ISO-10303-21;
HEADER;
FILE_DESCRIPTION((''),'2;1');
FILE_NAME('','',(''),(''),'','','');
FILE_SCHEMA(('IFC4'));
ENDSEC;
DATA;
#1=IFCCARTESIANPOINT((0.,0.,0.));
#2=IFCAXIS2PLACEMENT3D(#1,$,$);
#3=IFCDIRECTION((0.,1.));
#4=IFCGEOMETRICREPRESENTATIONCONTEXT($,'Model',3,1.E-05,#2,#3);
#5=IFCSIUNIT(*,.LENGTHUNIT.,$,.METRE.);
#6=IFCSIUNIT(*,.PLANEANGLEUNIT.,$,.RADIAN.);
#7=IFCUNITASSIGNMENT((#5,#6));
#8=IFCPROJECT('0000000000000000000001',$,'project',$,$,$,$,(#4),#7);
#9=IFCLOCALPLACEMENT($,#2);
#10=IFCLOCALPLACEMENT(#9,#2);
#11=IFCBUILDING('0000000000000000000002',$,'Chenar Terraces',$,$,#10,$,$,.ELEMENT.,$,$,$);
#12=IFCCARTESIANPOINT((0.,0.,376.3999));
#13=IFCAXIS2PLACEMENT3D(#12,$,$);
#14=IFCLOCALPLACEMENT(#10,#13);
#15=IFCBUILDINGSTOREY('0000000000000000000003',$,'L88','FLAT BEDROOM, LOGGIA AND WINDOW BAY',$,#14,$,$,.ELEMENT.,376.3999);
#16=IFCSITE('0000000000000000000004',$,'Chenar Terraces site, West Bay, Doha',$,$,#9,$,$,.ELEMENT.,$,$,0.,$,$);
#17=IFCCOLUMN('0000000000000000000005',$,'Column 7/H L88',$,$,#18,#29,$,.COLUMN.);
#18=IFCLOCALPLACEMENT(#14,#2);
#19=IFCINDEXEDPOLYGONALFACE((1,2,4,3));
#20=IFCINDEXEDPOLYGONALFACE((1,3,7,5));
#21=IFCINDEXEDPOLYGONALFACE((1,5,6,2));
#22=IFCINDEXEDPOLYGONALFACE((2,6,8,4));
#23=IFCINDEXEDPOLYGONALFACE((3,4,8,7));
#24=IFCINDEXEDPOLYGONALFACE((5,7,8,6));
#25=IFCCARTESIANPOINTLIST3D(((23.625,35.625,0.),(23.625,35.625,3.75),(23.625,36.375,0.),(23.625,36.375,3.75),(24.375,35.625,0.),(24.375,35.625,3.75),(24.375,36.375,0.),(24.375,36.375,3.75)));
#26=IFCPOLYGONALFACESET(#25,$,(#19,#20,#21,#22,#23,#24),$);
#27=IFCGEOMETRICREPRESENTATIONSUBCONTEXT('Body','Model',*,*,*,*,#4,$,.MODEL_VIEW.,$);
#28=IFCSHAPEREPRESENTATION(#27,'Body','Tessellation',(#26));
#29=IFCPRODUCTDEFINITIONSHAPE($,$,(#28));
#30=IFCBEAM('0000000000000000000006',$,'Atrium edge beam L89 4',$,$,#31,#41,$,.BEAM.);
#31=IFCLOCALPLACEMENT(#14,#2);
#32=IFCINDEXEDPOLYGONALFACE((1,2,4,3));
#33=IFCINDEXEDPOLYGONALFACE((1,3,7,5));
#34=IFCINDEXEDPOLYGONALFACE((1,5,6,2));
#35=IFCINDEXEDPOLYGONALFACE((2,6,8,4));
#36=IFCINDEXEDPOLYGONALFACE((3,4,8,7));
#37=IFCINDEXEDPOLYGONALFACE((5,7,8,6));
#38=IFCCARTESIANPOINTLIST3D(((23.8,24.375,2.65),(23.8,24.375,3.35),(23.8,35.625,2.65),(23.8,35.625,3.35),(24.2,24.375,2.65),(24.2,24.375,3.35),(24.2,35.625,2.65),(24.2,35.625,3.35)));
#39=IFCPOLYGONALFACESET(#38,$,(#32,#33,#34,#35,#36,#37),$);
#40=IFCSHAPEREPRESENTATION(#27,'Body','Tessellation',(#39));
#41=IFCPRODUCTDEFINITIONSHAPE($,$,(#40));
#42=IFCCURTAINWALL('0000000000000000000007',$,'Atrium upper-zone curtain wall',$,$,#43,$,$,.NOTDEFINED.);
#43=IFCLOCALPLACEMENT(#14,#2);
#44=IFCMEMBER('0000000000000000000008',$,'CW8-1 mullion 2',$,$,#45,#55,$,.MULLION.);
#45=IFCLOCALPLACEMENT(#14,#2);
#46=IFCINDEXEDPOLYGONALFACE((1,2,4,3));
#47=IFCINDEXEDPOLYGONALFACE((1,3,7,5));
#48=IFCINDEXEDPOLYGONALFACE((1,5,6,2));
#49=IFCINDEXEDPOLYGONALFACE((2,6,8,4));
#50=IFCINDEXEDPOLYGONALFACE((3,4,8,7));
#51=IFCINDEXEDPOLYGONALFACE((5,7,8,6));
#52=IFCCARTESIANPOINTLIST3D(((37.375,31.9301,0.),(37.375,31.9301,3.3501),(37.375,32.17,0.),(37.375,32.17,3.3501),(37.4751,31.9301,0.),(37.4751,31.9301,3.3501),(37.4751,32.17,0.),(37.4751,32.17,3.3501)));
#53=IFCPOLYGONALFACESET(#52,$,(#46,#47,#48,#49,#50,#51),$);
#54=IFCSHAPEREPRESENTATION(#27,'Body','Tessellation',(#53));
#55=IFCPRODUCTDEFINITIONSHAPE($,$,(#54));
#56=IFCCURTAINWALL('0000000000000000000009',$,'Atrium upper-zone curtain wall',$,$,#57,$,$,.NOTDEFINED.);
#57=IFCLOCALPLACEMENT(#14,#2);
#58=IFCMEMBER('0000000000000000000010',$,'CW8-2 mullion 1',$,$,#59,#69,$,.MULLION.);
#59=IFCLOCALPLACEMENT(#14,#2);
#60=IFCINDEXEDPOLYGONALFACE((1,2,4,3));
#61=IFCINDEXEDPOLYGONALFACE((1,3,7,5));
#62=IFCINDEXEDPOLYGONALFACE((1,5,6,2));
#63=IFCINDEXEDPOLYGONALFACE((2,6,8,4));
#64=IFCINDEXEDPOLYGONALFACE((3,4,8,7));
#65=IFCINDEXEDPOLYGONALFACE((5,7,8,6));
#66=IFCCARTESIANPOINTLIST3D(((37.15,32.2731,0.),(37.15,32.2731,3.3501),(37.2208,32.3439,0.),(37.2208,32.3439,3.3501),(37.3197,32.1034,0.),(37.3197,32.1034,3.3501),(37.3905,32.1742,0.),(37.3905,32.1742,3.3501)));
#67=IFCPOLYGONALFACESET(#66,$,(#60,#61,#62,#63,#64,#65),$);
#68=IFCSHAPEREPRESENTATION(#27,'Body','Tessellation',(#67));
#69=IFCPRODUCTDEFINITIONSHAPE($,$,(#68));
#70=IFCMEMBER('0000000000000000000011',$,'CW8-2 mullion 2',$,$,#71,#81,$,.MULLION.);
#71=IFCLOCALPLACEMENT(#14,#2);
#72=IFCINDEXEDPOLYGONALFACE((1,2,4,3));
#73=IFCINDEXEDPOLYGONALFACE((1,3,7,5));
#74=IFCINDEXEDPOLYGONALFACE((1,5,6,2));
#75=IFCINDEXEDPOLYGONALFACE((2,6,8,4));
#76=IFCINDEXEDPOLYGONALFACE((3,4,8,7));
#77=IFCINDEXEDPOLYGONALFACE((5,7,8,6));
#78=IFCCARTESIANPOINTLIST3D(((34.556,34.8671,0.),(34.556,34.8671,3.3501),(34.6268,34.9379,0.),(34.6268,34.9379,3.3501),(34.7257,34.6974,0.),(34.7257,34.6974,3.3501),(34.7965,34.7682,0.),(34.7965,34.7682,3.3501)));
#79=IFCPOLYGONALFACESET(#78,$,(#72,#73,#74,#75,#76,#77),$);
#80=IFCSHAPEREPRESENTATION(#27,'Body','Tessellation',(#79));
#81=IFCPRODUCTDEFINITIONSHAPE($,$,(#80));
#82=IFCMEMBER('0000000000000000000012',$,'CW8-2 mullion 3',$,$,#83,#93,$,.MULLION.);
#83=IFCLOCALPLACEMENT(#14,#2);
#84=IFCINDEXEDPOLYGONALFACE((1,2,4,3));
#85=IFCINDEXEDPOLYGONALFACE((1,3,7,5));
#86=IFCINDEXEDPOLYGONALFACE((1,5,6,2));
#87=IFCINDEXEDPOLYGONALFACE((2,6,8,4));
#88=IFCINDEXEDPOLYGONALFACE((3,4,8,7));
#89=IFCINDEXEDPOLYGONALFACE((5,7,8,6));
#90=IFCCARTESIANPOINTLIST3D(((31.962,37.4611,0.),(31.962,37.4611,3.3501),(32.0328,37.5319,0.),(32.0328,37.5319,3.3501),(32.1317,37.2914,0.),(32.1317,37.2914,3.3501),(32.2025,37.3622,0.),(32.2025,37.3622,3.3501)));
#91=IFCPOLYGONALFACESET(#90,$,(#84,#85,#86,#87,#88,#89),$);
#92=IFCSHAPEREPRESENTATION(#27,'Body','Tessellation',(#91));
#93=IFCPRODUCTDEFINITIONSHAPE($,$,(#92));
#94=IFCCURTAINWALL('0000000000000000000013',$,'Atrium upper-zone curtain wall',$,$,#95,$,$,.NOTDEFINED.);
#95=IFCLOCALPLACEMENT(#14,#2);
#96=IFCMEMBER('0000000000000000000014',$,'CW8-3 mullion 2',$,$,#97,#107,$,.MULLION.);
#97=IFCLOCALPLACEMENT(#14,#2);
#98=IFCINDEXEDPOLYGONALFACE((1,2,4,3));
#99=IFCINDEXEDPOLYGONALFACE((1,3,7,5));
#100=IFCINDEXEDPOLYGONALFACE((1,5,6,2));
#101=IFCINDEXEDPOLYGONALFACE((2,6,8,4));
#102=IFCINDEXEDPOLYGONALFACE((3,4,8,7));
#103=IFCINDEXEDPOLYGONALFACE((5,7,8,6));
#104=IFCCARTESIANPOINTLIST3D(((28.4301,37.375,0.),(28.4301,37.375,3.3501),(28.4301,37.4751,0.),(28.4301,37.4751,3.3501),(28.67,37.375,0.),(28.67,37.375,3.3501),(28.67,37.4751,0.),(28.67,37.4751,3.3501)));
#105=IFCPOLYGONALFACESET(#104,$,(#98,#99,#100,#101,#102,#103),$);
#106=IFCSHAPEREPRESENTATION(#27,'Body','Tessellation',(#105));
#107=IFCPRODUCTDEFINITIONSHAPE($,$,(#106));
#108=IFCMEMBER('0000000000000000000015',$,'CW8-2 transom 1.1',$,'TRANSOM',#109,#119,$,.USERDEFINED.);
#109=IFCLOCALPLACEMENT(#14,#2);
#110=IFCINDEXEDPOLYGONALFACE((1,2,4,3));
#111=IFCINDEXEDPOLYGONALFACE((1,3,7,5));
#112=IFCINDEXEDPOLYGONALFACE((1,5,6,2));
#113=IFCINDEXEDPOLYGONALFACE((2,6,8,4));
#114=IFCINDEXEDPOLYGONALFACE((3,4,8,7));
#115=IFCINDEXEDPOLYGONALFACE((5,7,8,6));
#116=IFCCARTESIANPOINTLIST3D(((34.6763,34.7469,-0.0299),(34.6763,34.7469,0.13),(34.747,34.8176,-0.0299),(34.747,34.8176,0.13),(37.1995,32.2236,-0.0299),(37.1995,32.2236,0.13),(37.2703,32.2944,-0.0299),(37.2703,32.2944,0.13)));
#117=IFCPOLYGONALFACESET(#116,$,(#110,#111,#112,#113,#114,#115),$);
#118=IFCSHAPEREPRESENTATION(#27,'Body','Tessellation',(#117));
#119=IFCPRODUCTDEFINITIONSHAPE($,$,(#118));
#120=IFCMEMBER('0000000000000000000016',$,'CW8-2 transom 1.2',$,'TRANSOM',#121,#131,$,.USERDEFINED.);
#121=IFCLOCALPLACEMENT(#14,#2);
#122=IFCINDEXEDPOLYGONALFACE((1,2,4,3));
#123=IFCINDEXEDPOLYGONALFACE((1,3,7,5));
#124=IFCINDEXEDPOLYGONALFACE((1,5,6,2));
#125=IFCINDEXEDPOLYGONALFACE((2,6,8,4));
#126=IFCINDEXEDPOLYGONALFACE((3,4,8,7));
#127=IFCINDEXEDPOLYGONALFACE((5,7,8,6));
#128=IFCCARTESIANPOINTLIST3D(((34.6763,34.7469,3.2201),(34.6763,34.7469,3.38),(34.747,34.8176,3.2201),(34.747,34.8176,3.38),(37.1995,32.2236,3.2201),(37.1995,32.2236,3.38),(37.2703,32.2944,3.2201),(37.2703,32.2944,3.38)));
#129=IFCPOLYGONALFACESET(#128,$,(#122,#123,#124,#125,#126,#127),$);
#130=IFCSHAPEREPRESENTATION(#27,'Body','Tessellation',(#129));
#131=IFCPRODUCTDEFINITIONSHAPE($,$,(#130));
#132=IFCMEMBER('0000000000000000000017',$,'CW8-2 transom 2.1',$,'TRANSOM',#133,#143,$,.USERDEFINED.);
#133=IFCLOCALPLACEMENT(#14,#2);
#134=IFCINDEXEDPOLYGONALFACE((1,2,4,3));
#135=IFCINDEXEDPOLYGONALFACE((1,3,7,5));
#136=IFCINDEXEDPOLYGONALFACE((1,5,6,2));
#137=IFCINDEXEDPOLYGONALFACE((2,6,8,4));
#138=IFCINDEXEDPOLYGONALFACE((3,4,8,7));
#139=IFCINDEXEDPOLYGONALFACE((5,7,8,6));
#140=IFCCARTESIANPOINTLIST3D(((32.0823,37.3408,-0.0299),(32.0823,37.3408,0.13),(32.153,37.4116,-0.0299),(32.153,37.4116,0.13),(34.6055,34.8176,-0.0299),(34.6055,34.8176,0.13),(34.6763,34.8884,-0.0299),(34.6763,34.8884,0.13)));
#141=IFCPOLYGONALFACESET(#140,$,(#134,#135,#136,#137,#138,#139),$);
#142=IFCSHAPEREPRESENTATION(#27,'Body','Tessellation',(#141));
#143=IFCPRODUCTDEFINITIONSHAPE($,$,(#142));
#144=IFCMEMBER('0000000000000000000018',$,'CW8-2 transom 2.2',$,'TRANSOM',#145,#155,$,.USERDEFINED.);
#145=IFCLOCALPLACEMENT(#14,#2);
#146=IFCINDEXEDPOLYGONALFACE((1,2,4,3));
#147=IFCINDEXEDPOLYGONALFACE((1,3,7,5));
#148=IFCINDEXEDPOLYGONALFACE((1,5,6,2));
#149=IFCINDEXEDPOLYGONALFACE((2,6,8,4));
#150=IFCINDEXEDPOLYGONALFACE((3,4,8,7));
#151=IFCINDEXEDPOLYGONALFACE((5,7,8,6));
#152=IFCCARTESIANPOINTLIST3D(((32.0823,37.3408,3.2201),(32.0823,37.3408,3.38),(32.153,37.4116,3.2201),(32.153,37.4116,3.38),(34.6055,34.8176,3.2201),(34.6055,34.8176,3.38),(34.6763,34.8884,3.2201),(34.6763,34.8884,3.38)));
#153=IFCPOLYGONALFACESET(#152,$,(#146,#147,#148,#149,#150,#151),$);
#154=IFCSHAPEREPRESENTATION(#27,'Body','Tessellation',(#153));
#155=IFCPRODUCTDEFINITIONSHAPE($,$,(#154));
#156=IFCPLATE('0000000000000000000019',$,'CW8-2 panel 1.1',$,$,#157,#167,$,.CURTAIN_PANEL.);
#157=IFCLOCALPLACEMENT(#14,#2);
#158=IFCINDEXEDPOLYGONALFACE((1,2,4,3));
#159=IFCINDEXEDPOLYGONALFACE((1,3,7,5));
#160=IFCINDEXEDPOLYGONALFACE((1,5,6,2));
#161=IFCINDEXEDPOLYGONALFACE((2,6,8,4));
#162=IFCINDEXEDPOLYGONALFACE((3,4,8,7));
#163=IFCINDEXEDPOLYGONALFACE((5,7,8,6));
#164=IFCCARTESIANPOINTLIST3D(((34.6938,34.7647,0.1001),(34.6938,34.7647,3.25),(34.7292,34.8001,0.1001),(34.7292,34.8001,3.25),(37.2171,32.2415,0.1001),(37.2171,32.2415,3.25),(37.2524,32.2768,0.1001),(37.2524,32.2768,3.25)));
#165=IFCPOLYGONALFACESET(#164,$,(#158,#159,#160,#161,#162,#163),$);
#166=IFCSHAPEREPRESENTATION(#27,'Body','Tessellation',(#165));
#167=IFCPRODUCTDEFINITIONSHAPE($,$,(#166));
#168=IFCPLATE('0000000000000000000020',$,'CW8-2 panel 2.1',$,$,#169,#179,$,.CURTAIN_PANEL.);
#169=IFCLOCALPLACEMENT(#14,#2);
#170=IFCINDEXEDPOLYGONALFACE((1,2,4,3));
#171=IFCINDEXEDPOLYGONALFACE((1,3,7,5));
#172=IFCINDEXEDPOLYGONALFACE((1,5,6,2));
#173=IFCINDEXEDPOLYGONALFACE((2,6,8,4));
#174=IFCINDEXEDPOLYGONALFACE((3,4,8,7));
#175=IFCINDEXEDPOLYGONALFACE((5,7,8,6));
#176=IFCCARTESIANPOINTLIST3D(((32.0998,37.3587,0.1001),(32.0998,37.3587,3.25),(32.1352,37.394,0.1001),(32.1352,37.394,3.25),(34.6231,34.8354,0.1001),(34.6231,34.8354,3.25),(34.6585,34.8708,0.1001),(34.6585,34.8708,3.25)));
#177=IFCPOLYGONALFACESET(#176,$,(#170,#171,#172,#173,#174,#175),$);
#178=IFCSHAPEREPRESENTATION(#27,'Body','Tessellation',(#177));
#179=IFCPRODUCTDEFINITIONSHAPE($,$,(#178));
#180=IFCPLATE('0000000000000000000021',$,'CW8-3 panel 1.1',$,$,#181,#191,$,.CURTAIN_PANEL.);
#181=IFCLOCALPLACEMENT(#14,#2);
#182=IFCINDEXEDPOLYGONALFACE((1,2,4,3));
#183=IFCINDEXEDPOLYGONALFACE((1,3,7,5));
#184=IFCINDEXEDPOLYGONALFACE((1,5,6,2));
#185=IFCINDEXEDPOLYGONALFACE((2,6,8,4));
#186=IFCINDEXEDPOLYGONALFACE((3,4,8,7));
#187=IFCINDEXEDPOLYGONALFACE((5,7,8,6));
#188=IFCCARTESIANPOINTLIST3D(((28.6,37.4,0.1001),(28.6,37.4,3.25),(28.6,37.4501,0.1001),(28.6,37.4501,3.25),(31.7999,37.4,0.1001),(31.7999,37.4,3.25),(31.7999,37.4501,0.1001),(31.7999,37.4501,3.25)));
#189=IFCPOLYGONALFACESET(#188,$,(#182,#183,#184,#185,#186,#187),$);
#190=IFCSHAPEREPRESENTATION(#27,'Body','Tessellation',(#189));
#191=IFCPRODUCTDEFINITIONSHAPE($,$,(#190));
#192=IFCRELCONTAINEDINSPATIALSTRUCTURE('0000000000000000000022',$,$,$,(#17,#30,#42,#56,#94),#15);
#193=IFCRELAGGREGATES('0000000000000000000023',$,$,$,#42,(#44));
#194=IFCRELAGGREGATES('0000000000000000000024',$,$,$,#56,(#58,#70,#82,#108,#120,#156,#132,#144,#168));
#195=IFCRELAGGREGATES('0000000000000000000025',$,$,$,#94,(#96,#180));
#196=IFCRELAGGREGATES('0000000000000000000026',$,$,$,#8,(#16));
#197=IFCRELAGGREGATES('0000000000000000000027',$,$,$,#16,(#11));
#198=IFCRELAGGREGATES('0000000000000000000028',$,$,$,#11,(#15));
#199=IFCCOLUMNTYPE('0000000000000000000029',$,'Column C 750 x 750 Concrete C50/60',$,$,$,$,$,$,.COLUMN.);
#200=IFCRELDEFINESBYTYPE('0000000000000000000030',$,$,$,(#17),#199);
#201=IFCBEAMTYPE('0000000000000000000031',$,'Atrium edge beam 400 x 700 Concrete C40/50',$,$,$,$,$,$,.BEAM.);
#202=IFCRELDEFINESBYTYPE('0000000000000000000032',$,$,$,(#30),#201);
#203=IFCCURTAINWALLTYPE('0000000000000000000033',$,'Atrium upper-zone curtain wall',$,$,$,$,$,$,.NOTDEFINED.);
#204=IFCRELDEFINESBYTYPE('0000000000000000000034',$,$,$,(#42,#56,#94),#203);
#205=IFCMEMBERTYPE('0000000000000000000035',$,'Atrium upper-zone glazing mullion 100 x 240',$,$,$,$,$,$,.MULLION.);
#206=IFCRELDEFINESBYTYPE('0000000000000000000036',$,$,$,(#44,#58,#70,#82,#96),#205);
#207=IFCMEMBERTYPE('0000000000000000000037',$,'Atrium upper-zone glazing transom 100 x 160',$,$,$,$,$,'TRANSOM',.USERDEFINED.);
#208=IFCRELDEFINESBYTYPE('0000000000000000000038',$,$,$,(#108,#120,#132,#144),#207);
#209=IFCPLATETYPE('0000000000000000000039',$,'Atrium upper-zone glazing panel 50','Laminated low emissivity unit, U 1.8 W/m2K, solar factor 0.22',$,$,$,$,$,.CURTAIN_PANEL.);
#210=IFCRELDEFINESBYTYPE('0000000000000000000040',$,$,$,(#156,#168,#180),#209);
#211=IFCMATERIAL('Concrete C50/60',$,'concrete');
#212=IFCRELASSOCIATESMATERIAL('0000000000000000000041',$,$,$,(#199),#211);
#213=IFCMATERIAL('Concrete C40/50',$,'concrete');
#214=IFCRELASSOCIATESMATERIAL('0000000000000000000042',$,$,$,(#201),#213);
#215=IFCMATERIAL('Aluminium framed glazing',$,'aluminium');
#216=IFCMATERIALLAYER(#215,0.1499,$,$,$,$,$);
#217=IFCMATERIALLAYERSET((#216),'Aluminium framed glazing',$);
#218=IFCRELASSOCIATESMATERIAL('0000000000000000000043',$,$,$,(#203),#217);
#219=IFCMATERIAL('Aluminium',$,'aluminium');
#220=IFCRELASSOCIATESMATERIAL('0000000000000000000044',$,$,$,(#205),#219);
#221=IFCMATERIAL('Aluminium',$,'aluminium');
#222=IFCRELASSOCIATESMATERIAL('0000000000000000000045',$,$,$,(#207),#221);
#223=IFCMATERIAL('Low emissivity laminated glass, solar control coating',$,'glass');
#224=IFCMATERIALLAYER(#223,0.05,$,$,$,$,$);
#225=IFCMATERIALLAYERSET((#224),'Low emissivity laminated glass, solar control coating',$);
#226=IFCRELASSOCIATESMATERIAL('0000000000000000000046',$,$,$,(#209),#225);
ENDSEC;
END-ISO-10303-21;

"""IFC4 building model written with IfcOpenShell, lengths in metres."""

from ifc_helpers import new_model, si_unit, direction, frame, origin, origin_2d, place, context, subcontext, project, spatial, rectangle, extrude, material, layer, layer_set, material_profile, profile_set, type_object, element, aggregate, save


model = new_model("IFC4")

# Units and contexts
model_context = context("Model", 3, precision=1e-05, world=origin(), true_north=direction((0.0, 1.0)))
body_context = subcontext(model_context, "Body", "Model", "MODEL_VIEW")
ifc_project = project(units=[si_unit("LENGTHUNIT", "METRE"), si_unit("PLANEANGLEUNIT", "RADIAN")], contexts=[model_context])

# Site, building, storey
site_placement = place(None, origin())
site = spatial("IfcSite", under=ifc_project, at=site_placement, Name="Chenar Terraces site, West Bay, Doha", CompositionType="ELEMENT", RefElevation=0.0)
building_placement = place(site_placement, origin())
building = spatial("IfcBuilding", under=site, at=building_placement, Name="Chenar Terraces", CompositionType="ELEMENT")
storey_placement = place(building_placement, frame((0.0, 0.0, 376.3999)))
storey = spatial("IfcBuildingStorey", under=building, at=storey_placement, Name="L88", Description="FLAT BEDROOM, LOGGIA AND WINDOW BAY", CompositionType="ELEMENT", Elevation=376.3999)

# Column
ifc_material_1 = material(Name="Concrete C50/60", Category="concrete")
ifc_material_profile_1 = material_profile(ifc_material_1, rectangle(XDim=0.75, YDim=0.75, at=origin_2d()), Name="C 750 x 750")
ifc_profile_set_1 = profile_set([ifc_material_profile_1], Name="Concrete C50/60")
column_type = type_object("IfcColumnType", Name="Column C 750 x 750 Concrete C50/60", PredefinedType="COLUMN", material=ifc_profile_set_1)
column_placement = place(storey_placement, frame((24.0, 36.0, 0.0), z_axis=(0.0, 0.0, 1.0), x_axis=(1.0, 0.0, 0.0)))
element("IfcColumn", 1, at=column_placement, inside=storey, type_object=column_type, Name="Column 7/H L88", PredefinedType="COLUMN", context=body_context, shape_type="SweptSolid", body=[
    extrude(rectangle(XDim=0.75, YDim=0.75, at=origin_2d()), origin(), (0.0, 0.0, 1.0), 3.75),
])

# Beam
ifc_material_2 = material(Name="Concrete C40/50", Category="concrete")
ifc_material_profile_2 = material_profile(ifc_material_2, rectangle(XDim=0.3999, YDim=0.7, at=origin_2d()), Name="RC 400 x 700")
ifc_profile_set_2 = profile_set([ifc_material_profile_2], Name="Concrete C40/50")
beam_type = type_object("IfcBeamType", Name="Atrium edge beam 400 x 700 Concrete C40/50", PredefinedType="BEAM", material=ifc_profile_set_2)
beam_placement = place(storey_placement, frame((24.0, 35.625, 3.0), z_axis=(0.0, -1.0, 0.0), x_axis=(1.0, 0.0, 0.0)))
element("IfcBeam", 2, at=beam_placement, inside=storey, type_object=beam_type, Name="Atrium edge beam L89 4", PredefinedType="BEAM", context=body_context, shape_type="SweptSolid", body=[
    extrude(rectangle(XDim=0.3999, YDim=0.7, at=origin_2d()), origin(), (0.0, 0.0, 1.0), 11.25),
])

# Curtain wall, member
ifc_material_3 = material(Name="Aluminium framed glazing", Category="aluminium")
ifc_layer_1 = layer(ifc_material_3, 0.1499)
ifc_layer_set_1 = layer_set([ifc_layer_1], Name="Aluminium framed glazing")
curtain_wall_type = type_object("IfcCurtainWallType", Name="Atrium upper-zone curtain wall", PredefinedType="NOTDEFINED", material=ifc_layer_set_1)
placement = place(storey_placement, origin())
curtain_wall_1 = element("IfcCurtainWall", 3, at=placement, inside=storey, type_object=curtain_wall_type, Name="Atrium upper-zone curtain wall", PredefinedType="NOTDEFINED")
ifc_material_4 = material(Name="Aluminium", Category="aluminium")
ifc_material_profile_3 = material_profile(ifc_material_4, rectangle(XDim=0.1001, YDim=0.24, at=origin_2d()), Name="Atrium upper-zone glazing mullion 100 x 240")
ifc_profile_set_3 = profile_set([ifc_material_profile_3], Name="Aluminium")
member_type_1 = type_object("IfcMemberType", Name="Atrium upper-zone glazing mullion 100 x 240", PredefinedType="MULLION", material=ifc_profile_set_3)
member_1_placement = place(storey_placement, frame((37.425, 32.05, 0.0), z_axis=(0.0, 0.0, 1.0), x_axis=(-1.0, 0.0, 0.0)))
member_1 = element("IfcMember", 4, at=member_1_placement, type_object=member_type_1, Name="CW8-1 mullion 2", PredefinedType="MULLION", context=body_context, shape_type="SweptSolid", body=[
    extrude(rectangle(XDim=0.1001, YDim=0.24, at=origin_2d()), origin(), (0.0, 0.0, 1.0), 3.3501),
])
aggregate(curtain_wall_1, [member_1])

# Curtain wall, members
curtain_wall_2 = element("IfcCurtainWall", 5, at=placement, inside=storey, type_object=curtain_wall_type, Name="Atrium upper-zone curtain wall", PredefinedType="NOTDEFINED")
member_2_placement = place(storey_placement, frame((37.2703, 32.2236, 0.0), z_axis=(0.0, 0.0, 1.0), x_axis=(-0.707107, -0.707107, 0.0)))
member_2 = element("IfcMember", 6, at=member_2_placement, type_object=member_type_1, Name="CW8-2 mullion 1", PredefinedType="MULLION", context=body_context, shape_type="SweptSolid", body=[
    extrude(rectangle(XDim=0.1001, YDim=0.24, at=origin_2d()), origin(), (0.0, 0.0, 1.0), 3.3501),
])
member_3_placement = place(storey_placement, frame((34.6763, 34.8176, 0.0), z_axis=(0.0, 0.0, 1.0), x_axis=(-0.707107, -0.707107, 0.0)))
member_3 = element("IfcMember", 7, at=member_3_placement, type_object=member_type_1, Name="CW8-2 mullion 2", PredefinedType="MULLION", context=body_context, shape_type="SweptSolid", body=[
    extrude(rectangle(XDim=0.1001, YDim=0.24, at=origin_2d()), origin(), (0.0, 0.0, 1.0), 3.3501),
])
member_4_placement = place(storey_placement, frame((32.0823, 37.4116, 0.0), z_axis=(0.0, 0.0, 1.0), x_axis=(-0.707107, -0.707107, 0.0)))
member_4 = element("IfcMember", 8, at=member_4_placement, type_object=member_type_1, Name="CW8-2 mullion 3", PredefinedType="MULLION", context=body_context, shape_type="SweptSolid", body=[
    extrude(rectangle(XDim=0.1001, YDim=0.24, at=origin_2d()), origin(), (0.0, 0.0, 1.0), 3.3501),
])

# Curtain wall, member
curtain_wall_3 = element("IfcCurtainWall", 9, at=placement, inside=storey, type_object=curtain_wall_type, Name="Atrium upper-zone curtain wall", PredefinedType="NOTDEFINED")
member_5_placement = place(storey_placement, frame((28.55, 37.425, 0.0), z_axis=(0.0, 0.0, 1.0), x_axis=(0.0, -1.0, 0.0)))
member_5 = element("IfcMember", 10, at=member_5_placement, type_object=member_type_1, Name="CW8-3 mullion 2", PredefinedType="MULLION", context=body_context, shape_type="SweptSolid", body=[
    extrude(rectangle(XDim=0.1001, YDim=0.24, at=origin_2d()), origin(), (0.0, 0.0, 1.0), 3.3501),
])

# Members
ifc_material_5 = material(Name="Aluminium", Category="aluminium")
ifc_material_profile_4 = material_profile(ifc_material_5, rectangle(XDim=0.1001, YDim=0.1599, at=origin_2d()), Name="Atrium upper-zone glazing transom 100 x 160")
ifc_profile_set_4 = profile_set([ifc_material_profile_4], Name="Aluminium")
member_type_2 = type_object("IfcMemberType", Name="Atrium upper-zone glazing transom 100 x 160", ElementType="TRANSOM", PredefinedType="USERDEFINED", material=ifc_profile_set_4)
member_6_placement = place(storey_placement, frame((37.2349, 32.259, 0.05), z_axis=(-0.707107, 0.707107, 0.0), x_axis=(-0.707107, -0.707107, 0.0)))
member_6 = element("IfcMember", 11, at=member_6_placement, type_object=member_type_2, Name="CW8-2 transom 1.1", ObjectType="TRANSOM", PredefinedType="USERDEFINED", context=body_context, shape_type="SweptSolid", body=[
    extrude(rectangle(XDim=0.1001, YDim=0.1599, at=origin_2d()), origin(), (0.0, 0.0, 1.0), 3.5684),
])
member_7_placement = place(storey_placement, frame((37.2349, 32.259, 3.3), z_axis=(-0.707107, 0.707107, 0.0), x_axis=(-0.707107, -0.707107, 0.0)))
member_7 = element("IfcMember", 12, at=member_7_placement, type_object=member_type_2, Name="CW8-2 transom 1.2", ObjectType="TRANSOM", PredefinedType="USERDEFINED", context=body_context, shape_type="SweptSolid", body=[
    extrude(rectangle(XDim=0.1001, YDim=0.1599, at=origin_2d()), origin(), (0.0, 0.0, 1.0), 3.5684),
])
member_8_placement = place(storey_placement, frame((34.6409, 34.853, 0.05), z_axis=(-0.707107, 0.707107, 0.0), x_axis=(-0.707107, -0.707107, 0.0)))
member_8 = element("IfcMember", 13, at=member_8_placement, type_object=member_type_2, Name="CW8-2 transom 2.1", ObjectType="TRANSOM", PredefinedType="USERDEFINED", context=body_context, shape_type="SweptSolid", body=[
    extrude(rectangle(XDim=0.1001, YDim=0.1599, at=origin_2d()), origin(), (0.0, 0.0, 1.0), 3.5684),
])
member_9_placement = place(storey_placement, frame((34.6409, 34.853, 3.3), z_axis=(-0.707107, 0.707107, 0.0), x_axis=(-0.707107, -0.707107, 0.0)))
member_9 = element("IfcMember", 14, at=member_9_placement, type_object=member_type_2, Name="CW8-2 transom 2.2", ObjectType="TRANSOM", PredefinedType="USERDEFINED", context=body_context, shape_type="SweptSolid", body=[
    extrude(rectangle(XDim=0.1001, YDim=0.1599, at=origin_2d()), origin(), (0.0, 0.0, 1.0), 3.5684),
])

# Plates
ifc_material_6 = material(Name="Low emissivity laminated glass, solar control coating", Category="glass")
ifc_layer_2 = layer(ifc_material_6, 0.05)
ifc_layer_set_2 = layer_set([ifc_layer_2], Name="Low emissivity laminated glass, solar control coating")
plate_type = type_object("IfcPlateType", Name="Atrium upper-zone glazing panel 50", Description="Laminated low emissivity unit, U 1.8 W/m2K, solar factor 0.22", PredefinedType="CURTAIN_PANEL", material=ifc_layer_set_2)
plate_1_placement = place(storey_placement, frame((35.9731, 33.5208, 0.1001), z_axis=(0.0, 0.0, 1.0), x_axis=(-0.707107, 0.707107, 0.0)))
plate_1 = element("IfcPlate", 15, at=plate_1_placement, type_object=plate_type, Name="CW8-2 panel 1.1", PredefinedType="CURTAIN_PANEL", context=body_context, shape_type="SweptSolid", body=[
    extrude(rectangle(XDim=3.5684, YDim=0.05, at=origin_2d()), origin(), (0.0, 0.0, 1.0), 3.1499),
])
plate_2_placement = place(storey_placement, frame((33.3792, 36.1147, 0.1001), z_axis=(0.0, 0.0, 1.0), x_axis=(-0.707107, 0.707107, 0.0)))
plate_2 = element("IfcPlate", 16, at=plate_2_placement, type_object=plate_type, Name="CW8-2 panel 2.1", PredefinedType="CURTAIN_PANEL", context=body_context, shape_type="SweptSolid", body=[
    extrude(rectangle(XDim=3.5684, YDim=0.05, at=origin_2d()), origin(), (0.0, 0.0, 1.0), 3.1499),
])
aggregate(curtain_wall_2, [member_2, member_3, member_4, member_6, member_7, plate_1, member_8, member_9, plate_2])
plate_3_placement = place(storey_placement, frame((30.2, 37.425, 0.1001), z_axis=(0.0, 0.0, 1.0), x_axis=(-1.0, 0.0, 0.0)))
plate_3 = element("IfcPlate", 17, at=plate_3_placement, type_object=plate_type, Name="CW8-3 panel 1.1", PredefinedType="CURTAIN_PANEL", context=body_context, shape_type="SweptSolid", body=[
    extrude(rectangle(XDim=3.2, YDim=0.05, at=origin_2d()), origin(), (0.0, 0.0, 1.0), 3.1499),
])
aggregate(curtain_wall_3, [member_5, plate_3])

save(model, "model.ifc")
